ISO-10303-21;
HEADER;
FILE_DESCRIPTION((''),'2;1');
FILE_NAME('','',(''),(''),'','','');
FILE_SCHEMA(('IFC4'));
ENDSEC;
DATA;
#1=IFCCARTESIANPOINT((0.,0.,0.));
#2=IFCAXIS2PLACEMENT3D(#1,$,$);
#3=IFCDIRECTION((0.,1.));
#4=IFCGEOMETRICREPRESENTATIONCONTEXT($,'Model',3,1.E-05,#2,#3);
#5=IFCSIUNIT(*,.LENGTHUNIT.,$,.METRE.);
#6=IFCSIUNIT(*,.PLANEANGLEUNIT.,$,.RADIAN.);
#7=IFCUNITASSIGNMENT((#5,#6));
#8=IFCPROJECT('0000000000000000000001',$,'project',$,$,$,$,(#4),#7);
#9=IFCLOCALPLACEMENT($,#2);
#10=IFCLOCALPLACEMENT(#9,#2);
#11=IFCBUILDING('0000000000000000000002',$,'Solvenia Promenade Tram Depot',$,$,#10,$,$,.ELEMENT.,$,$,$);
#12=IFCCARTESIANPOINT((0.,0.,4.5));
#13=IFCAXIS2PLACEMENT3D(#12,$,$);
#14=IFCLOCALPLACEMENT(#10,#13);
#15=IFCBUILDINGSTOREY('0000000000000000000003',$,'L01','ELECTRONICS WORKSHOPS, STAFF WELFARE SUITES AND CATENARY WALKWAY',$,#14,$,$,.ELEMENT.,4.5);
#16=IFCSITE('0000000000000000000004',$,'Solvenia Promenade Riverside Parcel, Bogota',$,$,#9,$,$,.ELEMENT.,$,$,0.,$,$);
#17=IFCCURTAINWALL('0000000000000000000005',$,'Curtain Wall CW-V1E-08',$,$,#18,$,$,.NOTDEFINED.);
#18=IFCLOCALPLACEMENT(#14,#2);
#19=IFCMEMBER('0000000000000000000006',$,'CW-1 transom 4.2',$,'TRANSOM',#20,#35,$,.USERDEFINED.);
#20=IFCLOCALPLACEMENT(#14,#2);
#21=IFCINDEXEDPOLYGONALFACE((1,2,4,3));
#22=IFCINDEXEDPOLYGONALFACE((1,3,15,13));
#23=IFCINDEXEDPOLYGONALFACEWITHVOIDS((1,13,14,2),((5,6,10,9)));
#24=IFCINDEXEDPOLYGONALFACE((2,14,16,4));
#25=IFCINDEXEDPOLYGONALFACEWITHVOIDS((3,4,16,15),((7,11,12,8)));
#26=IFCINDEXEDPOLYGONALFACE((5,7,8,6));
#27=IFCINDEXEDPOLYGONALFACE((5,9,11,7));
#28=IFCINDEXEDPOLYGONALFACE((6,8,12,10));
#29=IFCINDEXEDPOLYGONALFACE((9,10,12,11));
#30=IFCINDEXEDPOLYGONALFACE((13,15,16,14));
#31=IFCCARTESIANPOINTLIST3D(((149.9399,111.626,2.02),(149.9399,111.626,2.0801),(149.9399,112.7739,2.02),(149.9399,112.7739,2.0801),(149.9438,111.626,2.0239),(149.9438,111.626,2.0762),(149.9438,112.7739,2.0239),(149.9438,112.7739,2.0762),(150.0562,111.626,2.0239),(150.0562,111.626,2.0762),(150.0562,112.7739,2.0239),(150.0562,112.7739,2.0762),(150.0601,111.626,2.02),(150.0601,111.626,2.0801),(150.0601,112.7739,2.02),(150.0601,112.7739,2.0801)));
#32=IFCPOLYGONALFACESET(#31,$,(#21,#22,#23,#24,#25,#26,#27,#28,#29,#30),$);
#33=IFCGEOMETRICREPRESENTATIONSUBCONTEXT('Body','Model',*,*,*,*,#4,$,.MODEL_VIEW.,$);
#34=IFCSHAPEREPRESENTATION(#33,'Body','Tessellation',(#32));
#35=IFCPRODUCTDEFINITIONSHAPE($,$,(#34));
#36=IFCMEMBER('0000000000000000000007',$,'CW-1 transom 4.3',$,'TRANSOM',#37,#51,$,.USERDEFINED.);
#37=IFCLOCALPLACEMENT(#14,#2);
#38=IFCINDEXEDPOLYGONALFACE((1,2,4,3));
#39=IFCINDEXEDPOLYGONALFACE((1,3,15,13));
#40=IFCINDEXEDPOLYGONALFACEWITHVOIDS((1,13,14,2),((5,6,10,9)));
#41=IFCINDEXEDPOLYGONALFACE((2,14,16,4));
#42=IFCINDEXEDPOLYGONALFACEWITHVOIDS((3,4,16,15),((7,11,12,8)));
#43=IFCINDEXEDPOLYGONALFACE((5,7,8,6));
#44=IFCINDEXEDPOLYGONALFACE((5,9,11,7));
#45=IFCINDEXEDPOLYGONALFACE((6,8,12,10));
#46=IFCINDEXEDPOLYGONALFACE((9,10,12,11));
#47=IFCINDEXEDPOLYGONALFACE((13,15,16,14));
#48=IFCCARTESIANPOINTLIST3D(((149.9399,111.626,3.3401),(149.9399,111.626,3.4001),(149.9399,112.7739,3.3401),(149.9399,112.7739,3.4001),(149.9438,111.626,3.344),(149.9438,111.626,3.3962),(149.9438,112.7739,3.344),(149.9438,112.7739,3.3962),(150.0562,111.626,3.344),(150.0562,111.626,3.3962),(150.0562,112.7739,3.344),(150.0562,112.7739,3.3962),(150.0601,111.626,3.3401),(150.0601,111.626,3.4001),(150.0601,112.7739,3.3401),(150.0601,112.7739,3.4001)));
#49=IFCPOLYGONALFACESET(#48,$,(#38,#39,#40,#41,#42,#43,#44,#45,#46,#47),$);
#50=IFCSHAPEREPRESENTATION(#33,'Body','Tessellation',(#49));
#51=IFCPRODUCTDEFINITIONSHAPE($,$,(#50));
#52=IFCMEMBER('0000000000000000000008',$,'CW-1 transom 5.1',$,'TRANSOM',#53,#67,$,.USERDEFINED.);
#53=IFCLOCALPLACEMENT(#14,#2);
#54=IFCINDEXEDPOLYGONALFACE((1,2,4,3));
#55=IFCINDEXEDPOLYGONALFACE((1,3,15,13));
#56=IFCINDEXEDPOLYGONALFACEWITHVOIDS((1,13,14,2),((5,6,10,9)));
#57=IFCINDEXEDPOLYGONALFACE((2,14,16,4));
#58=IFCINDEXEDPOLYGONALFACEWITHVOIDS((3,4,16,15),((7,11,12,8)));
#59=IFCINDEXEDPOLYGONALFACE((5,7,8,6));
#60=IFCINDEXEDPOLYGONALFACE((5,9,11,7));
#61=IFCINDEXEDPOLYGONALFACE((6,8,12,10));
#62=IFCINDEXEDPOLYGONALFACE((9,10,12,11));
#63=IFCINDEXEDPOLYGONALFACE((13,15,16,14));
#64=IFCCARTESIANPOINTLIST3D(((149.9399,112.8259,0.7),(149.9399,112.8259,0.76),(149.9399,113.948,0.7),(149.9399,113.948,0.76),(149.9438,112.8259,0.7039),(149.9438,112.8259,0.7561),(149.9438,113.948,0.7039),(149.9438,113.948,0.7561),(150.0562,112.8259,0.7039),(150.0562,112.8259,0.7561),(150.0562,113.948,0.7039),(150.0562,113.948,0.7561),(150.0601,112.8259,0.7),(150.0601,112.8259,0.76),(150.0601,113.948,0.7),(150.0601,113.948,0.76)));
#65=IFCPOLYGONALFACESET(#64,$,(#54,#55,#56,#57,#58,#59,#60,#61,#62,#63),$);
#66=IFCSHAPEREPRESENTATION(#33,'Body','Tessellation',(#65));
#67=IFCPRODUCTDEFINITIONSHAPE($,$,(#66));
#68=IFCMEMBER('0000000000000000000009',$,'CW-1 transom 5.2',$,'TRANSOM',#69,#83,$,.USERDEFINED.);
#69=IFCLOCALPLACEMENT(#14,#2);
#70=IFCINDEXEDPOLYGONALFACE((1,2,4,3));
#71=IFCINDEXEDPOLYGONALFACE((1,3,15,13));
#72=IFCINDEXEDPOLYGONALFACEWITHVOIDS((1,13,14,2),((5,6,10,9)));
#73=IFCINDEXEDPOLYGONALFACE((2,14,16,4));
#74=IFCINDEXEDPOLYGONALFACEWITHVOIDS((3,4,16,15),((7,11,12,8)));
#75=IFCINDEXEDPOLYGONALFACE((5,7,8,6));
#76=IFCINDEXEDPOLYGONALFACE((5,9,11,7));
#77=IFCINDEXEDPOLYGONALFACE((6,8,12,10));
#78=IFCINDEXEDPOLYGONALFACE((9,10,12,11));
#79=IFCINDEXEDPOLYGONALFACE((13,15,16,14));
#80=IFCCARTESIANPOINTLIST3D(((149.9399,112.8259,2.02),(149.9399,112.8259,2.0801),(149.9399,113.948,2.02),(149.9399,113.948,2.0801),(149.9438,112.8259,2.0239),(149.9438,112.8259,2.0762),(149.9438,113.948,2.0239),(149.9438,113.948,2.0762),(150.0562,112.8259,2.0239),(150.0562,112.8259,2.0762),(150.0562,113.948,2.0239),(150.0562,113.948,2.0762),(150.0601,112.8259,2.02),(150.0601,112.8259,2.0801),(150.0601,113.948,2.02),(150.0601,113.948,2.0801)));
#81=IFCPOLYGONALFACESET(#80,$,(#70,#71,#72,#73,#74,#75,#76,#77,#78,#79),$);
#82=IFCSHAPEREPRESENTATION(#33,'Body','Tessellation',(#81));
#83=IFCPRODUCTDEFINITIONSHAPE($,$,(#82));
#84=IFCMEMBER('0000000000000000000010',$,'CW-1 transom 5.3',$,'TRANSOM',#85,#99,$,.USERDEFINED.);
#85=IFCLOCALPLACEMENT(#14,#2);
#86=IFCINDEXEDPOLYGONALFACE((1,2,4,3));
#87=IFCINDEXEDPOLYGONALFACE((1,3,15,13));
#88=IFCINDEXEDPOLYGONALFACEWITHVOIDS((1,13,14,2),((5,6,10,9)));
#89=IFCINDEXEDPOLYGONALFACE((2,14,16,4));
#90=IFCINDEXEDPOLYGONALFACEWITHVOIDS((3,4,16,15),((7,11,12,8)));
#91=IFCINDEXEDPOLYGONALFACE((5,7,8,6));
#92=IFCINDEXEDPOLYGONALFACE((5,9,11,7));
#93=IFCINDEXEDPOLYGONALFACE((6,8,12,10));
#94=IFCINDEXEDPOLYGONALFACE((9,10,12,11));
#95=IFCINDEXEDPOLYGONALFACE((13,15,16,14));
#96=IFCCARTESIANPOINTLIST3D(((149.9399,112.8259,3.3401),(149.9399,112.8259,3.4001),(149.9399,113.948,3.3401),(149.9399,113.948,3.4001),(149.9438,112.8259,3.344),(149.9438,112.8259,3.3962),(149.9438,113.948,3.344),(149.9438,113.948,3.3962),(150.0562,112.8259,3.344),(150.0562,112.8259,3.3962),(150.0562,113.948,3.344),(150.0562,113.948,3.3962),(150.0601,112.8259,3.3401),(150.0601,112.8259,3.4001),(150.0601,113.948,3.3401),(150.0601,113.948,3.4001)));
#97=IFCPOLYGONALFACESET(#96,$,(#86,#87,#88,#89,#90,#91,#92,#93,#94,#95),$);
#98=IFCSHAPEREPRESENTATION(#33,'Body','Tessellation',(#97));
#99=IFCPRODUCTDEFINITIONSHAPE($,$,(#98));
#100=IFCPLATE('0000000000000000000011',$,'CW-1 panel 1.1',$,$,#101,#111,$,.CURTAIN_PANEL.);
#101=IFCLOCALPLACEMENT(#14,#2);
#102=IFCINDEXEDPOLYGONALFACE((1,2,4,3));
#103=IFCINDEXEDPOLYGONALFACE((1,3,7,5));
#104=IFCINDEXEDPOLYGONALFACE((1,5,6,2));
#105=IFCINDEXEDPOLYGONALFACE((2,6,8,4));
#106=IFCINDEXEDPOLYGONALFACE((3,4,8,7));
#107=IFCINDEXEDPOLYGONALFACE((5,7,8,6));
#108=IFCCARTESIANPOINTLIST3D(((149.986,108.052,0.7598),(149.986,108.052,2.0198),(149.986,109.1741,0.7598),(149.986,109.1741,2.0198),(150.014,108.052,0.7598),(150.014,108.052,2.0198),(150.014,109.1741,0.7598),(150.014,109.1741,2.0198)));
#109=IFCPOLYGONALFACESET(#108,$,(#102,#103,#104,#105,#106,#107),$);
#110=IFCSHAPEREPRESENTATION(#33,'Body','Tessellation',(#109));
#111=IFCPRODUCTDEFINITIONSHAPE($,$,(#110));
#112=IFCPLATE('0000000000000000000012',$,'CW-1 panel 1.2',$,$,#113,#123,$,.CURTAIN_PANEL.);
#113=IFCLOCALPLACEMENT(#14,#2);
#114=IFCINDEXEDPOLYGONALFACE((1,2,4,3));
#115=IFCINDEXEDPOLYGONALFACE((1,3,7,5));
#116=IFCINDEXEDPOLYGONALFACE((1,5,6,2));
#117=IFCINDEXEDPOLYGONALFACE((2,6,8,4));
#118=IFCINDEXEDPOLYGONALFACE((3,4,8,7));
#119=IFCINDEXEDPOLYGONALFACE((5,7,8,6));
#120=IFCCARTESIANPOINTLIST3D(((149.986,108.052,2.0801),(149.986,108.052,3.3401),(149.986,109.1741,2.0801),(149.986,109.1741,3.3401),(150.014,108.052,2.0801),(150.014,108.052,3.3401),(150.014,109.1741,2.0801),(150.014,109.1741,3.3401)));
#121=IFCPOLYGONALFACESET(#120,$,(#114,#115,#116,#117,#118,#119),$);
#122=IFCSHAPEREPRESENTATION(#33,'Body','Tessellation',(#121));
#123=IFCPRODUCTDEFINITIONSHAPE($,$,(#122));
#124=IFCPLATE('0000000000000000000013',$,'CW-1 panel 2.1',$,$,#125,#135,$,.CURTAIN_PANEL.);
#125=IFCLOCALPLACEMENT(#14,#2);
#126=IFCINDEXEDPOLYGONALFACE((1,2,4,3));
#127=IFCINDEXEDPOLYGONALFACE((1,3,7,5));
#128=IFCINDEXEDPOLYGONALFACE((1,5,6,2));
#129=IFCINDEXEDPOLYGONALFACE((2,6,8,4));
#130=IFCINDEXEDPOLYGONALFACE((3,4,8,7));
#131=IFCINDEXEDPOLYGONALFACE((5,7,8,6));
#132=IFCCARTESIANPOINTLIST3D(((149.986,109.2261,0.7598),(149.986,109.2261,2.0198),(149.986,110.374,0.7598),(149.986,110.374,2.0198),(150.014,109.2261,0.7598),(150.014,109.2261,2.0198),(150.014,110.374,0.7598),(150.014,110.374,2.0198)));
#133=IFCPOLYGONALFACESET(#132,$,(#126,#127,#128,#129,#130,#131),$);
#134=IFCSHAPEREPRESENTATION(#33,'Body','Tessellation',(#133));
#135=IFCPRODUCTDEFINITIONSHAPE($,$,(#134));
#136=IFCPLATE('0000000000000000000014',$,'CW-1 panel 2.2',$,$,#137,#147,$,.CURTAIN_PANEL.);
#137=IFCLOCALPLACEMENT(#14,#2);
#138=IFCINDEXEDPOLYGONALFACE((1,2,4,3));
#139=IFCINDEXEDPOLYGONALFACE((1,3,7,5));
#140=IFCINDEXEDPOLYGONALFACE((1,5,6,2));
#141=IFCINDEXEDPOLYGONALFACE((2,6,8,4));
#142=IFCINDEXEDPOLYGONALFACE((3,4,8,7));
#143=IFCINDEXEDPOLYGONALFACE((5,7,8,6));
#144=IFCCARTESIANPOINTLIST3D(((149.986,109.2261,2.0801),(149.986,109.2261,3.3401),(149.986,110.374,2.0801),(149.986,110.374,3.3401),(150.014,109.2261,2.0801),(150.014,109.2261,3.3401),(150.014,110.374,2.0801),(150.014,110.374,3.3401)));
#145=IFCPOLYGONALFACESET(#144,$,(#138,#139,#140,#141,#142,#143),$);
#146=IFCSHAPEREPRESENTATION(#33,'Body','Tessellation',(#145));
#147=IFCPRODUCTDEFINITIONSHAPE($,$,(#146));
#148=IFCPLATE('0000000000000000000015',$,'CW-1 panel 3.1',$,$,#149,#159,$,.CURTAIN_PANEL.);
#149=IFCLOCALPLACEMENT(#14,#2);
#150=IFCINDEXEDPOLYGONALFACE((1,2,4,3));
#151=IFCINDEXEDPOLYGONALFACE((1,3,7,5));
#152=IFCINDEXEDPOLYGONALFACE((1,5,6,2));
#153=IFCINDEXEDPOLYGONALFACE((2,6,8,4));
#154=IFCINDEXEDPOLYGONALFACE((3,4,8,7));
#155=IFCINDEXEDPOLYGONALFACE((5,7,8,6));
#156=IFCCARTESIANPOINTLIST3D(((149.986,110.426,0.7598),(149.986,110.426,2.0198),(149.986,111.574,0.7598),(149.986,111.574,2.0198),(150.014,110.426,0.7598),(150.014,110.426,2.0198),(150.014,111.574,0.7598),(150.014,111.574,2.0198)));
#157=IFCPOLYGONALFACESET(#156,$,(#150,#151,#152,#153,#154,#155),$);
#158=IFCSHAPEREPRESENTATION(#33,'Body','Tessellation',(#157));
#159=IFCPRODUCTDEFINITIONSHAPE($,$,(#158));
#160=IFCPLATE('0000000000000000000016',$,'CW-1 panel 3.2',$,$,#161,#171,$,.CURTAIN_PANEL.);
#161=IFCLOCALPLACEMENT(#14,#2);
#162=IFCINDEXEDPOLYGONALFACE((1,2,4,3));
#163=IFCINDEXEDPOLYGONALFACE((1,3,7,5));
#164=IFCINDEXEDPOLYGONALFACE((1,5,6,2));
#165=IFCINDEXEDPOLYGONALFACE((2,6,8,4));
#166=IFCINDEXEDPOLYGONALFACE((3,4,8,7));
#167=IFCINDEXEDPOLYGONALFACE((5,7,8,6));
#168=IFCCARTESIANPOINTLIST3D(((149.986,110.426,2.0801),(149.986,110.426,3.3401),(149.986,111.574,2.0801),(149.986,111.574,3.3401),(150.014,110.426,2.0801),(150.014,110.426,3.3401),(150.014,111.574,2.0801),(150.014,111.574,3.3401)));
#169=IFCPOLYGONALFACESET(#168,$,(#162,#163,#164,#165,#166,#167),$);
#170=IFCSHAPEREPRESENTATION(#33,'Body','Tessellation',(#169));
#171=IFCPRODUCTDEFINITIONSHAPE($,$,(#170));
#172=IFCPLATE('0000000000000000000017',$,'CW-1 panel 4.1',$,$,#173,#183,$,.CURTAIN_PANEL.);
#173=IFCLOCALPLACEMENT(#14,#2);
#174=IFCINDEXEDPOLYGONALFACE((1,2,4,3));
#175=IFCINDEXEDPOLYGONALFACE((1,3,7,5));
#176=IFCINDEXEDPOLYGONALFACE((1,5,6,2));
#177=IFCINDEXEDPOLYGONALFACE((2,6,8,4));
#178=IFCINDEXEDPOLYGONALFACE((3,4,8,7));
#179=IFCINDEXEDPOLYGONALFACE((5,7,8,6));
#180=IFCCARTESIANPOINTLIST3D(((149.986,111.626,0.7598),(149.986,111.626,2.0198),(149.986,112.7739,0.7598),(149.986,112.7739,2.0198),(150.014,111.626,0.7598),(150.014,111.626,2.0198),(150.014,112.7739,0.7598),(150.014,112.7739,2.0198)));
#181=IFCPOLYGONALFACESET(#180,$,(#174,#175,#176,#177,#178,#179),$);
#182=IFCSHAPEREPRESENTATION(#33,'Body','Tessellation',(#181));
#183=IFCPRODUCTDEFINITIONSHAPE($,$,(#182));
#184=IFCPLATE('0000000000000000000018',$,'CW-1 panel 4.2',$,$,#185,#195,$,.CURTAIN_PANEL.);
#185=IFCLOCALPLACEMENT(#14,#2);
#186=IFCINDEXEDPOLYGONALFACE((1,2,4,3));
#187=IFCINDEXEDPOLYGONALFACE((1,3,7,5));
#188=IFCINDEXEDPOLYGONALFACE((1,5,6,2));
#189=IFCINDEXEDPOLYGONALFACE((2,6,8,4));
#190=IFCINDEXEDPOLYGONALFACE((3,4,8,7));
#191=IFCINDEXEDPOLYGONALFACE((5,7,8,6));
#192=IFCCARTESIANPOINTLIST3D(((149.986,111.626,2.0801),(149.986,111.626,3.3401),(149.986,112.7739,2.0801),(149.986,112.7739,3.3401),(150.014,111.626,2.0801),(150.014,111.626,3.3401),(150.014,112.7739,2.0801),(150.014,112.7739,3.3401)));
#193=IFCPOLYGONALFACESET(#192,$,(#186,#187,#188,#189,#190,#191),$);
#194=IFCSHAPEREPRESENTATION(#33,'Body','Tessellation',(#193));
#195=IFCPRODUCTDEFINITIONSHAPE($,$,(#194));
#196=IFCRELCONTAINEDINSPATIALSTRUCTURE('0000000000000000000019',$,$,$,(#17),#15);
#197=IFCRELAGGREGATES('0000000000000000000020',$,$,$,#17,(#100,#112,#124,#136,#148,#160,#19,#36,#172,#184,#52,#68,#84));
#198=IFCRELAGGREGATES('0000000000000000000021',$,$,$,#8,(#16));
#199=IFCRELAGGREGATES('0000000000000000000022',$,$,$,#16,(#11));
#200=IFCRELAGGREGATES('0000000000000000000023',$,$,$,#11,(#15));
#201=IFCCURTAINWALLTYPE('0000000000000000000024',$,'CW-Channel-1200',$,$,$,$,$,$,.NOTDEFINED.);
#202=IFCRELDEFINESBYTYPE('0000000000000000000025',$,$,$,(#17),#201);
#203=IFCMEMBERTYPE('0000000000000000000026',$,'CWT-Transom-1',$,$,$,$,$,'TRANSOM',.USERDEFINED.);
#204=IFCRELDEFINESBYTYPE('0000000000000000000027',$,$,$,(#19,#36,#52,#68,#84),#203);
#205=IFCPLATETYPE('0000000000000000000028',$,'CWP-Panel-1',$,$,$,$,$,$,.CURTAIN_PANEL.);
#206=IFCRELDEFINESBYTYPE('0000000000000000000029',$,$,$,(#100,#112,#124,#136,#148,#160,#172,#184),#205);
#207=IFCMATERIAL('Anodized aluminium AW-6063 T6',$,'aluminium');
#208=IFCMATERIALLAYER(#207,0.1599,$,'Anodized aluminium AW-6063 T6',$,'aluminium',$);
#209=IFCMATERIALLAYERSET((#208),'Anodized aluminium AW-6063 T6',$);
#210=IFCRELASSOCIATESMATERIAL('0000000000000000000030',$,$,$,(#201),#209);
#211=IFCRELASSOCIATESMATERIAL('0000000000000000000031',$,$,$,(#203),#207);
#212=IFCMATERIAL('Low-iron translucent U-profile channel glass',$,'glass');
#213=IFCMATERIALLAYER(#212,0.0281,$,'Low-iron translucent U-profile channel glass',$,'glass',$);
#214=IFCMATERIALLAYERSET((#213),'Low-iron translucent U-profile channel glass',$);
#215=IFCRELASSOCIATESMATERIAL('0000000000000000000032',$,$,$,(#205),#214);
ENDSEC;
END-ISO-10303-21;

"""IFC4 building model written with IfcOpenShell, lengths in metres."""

from ifc_helpers import new_model, si_unit, direction, frame, origin, origin_2d, place, context, subcontext, project, spatial, rectangle, hollow_rectangle, extrude, material, layer, layer_set, material_profile, profile_set, type_object, element, aggregate, save


model = new_model("IFC4")

# Units and contexts
model_context = context("Model", 3, precision=1e-05, world=origin(), true_north=direction((0.0, 1.0)))
body_context = subcontext(model_context, "Body", "Model", "MODEL_VIEW")
ifc_project = project(units=[si_unit("LENGTHUNIT", "METRE"), si_unit("PLANEANGLEUNIT", "RADIAN")], contexts=[model_context])

# Site, building, storey
site_placement = place(None, origin())
site = spatial("IfcSite", under=ifc_project, at=site_placement, Name="Solvenia Promenade Riverside Parcel, Bogota", CompositionType="ELEMENT", RefElevation=0.0)
building_placement = place(site_placement, origin())
building = spatial("IfcBuilding", under=site, at=building_placement, Name="Solvenia Promenade Tram Depot", CompositionType="ELEMENT")
storey_placement = place(building_placement, frame((0.0, 0.0, 4.5)))
storey = spatial("IfcBuildingStorey", under=building, at=storey_placement, Name="L01", Description="ELECTRONICS WORKSHOPS, STAFF WELFARE SUITES AND CATENARY WALKWAY", CompositionType="ELEMENT", Elevation=4.5)

# Curtain wall, members, plates
ifc_material_1 = material(Name="Anodized aluminium AW-6063 T6", Category="aluminium")
ifc_layer_1 = layer(ifc_material_1, 0.1599, Name="Anodized aluminium AW-6063 T6", Category="aluminium")
ifc_layer_set_1 = layer_set([ifc_layer_1], Name="Anodized aluminium AW-6063 T6")
curtain_wall_type = type_object("IfcCurtainWallType", Name="CW-Channel-1200", PredefinedType="NOTDEFINED", material=ifc_layer_set_1)
curtain_wall_placement = place(storey_placement, origin())
curtain_wall = element("IfcCurtainWall", 1, at=curtain_wall_placement, inside=storey, type_object=curtain_wall_type, Name="Curtain Wall CW-V1E-08", PredefinedType="NOTDEFINED")
ifc_material_profile_1 = material_profile(ifc_material_1, hollow_rectangle(XDim=0.1201, YDim=0.0601, WallThickness=0.0039, at=origin_2d()), Name="ALU-T1", Category="aluminium")
ifc_profile_set_1 = profile_set([ifc_material_profile_1], Name="Anodized aluminium AW-6063 T6")
member_type_1 = type_object("IfcMemberType", Name="CWT-Transom-1", ElementType="TRANSOM", PredefinedType="USERDEFINED", material=ifc_profile_set_1)
member_1_placement = place(storey_placement, frame((150.0, 111.626, 2.05), z_axis=(0.0, 1.0, 0.0), x_axis=(-1.0, 0.0, 0.0)))
member_1 = element("IfcMember", 2, at=member_1_placement, type_object=member_type_1, Name="CW-1 transom 4.2", ObjectType="TRANSOM", PredefinedType="USERDEFINED", context=body_context, shape_type="SweptSolid", body=[
    extrude(hollow_rectangle(XDim=0.1201, YDim=0.0601, WallThickness=0.0039, at=origin_2d()), origin(), (0.0, 0.0, 1.0), 1.1479),
])
member_2_placement = place(storey_placement, frame((150.0, 111.626, 3.3701), z_axis=(0.0, 1.0, 0.0), x_axis=(-1.0, 0.0, 0.0)))
member_2 = element("IfcMember", 3, at=member_2_placement, type_object=member_type_1, Name="CW-1 transom 4.3", ObjectType="TRANSOM", PredefinedType="USERDEFINED", context=body_context, shape_type="SweptSolid", body=[
    extrude(hollow_rectangle(XDim=0.1201, YDim=0.0601, WallThickness=0.0039, at=origin_2d()), origin(), (0.0, 0.0, 1.0), 1.1479),
])
member_3_placement = place(storey_placement, frame((150.0, 112.8259, 0.73), z_axis=(0.0, 1.0, 0.0), x_axis=(-1.0, 0.0, 0.0)))
member_3 = element("IfcMember", 4, at=member_3_placement, type_object=member_type_1, Name="CW-1 transom 5.1", ObjectType="TRANSOM", PredefinedType="USERDEFINED", context=body_context, shape_type="SweptSolid", body=[
    extrude(hollow_rectangle(XDim=0.1201, YDim=0.0601, WallThickness=0.0039, at=origin_2d()), origin(), (0.0, 0.0, 1.0), 1.1221),
])
member_4_placement = place(storey_placement, frame((150.0, 112.8259, 2.05), z_axis=(0.0, 1.0, 0.0), x_axis=(-1.0, 0.0, 0.0)))
member_4 = element("IfcMember", 5, at=member_4_placement, type_object=member_type_1, Name="CW-1 transom 5.2", ObjectType="TRANSOM", PredefinedType="USERDEFINED", context=body_context, shape_type="SweptSolid", body=[
    extrude(hollow_rectangle(XDim=0.1201, YDim=0.0601, WallThickness=0.0039, at=origin_2d()), origin(), (0.0, 0.0, 1.0), 1.1221),
])
member_5_placement = place(storey_placement, frame((150.0, 112.8259, 3.3701), z_axis=(0.0, 1.0, 0.0), x_axis=(-1.0, 0.0, 0.0)))
member_5 = element("IfcMember", 6, at=member_5_placement, type_object=member_type_1, Name="CW-1 transom 5.3", ObjectType="TRANSOM", PredefinedType="USERDEFINED", context=body_context, shape_type="SweptSolid", body=[
    extrude(hollow_rectangle(XDim=0.1201, YDim=0.0601, WallThickness=0.0039, at=origin_2d()), origin(), (0.0, 0.0, 1.0), 1.1221),
])
ifc_material_2 = material(Name="Low-iron translucent U-profile channel glass", Category="glass")
ifc_layer_2 = layer(ifc_material_2, 0.0281, Name="Low-iron translucent U-profile channel glass", Category="glass")
ifc_layer_set_2 = layer_set([ifc_layer_2], Name="Low-iron translucent U-profile channel glass")
plate_type = type_object("IfcPlateType", Name="CWP-Panel-1", PredefinedType="CURTAIN_PANEL", material=ifc_layer_set_2)
plate_1_placement = place(storey_placement, frame((150.0, 108.613, 0.7598), z_axis=(0.0, 0.0, 1.0), x_axis=(0.0, 1.0, 0.0)))
plate_1 = element("IfcPlate", 7, at=plate_1_placement, type_object=plate_type, Name="CW-1 panel 1.1", PredefinedType="CURTAIN_PANEL", context=body_context, shape_type="SweptSolid", body=[
    extrude(rectangle(XDim=1.1221, YDim=0.0281, at=origin_2d()), origin(), (0.0, 0.0, 1.0), 1.26),
])
plate_2_placement = place(storey_placement, frame((150.0, 108.613, 2.0801), z_axis=(0.0, 0.0, 1.0), x_axis=(0.0, 1.0, 0.0)))
plate_2 = element("IfcPlate", 8, at=plate_2_placement, type_object=plate_type, Name="CW-1 panel 1.2", PredefinedType="CURTAIN_PANEL", context=body_context, shape_type="SweptSolid", body=[
    extrude(rectangle(XDim=1.1221, YDim=0.0281, at=origin_2d()), origin(), (0.0, 0.0, 1.0), 1.26),
])
plate_3_placement = place(storey_placement, frame((150.0, 109.8, 0.7598), z_axis=(0.0, 0.0, 1.0), x_axis=(0.0, 1.0, 0.0)))
plate_3 = element("IfcPlate", 9, at=plate_3_placement, type_object=plate_type, Name="CW-1 panel 2.1", PredefinedType="CURTAIN_PANEL", context=body_context, shape_type="SweptSolid", body=[
    extrude(rectangle(XDim=1.1479, YDim=0.0281, at=origin_2d()), origin(), (0.0, 0.0, 1.0), 1.26),
])
plate_4_placement = place(storey_placement, frame((150.0, 109.8, 2.0801), z_axis=(0.0, 0.0, 1.0), x_axis=(0.0, 1.0, 0.0)))
plate_4 = element("IfcPlate", 10, at=plate_4_placement, type_object=plate_type, Name="CW-1 panel 2.2", PredefinedType="CURTAIN_PANEL", context=body_context, shape_type="SweptSolid", body=[
    extrude(rectangle(XDim=1.1479, YDim=0.0281, at=origin_2d()), origin(), (0.0, 0.0, 1.0), 1.26),
])
plate_5_placement = place(storey_placement, frame((150.0, 111.0, 0.7598), z_axis=(0.0, 0.0, 1.0), x_axis=(0.0, 1.0, 0.0)))
plate_5 = element("IfcPlate", 11, at=plate_5_placement, type_object=plate_type, Name="CW-1 panel 3.1", PredefinedType="CURTAIN_PANEL", context=body_context, shape_type="SweptSolid", body=[
    extrude(rectangle(XDim=1.1479, YDim=0.0281, at=origin_2d()), origin(), (0.0, 0.0, 1.0), 1.26),
])
plate_6_placement = place(storey_placement, frame((150.0, 111.0, 2.0801), z_axis=(0.0, 0.0, 1.0), x_axis=(0.0, 1.0, 0.0)))
plate_6 = element("IfcPlate", 12, at=plate_6_placement, type_object=plate_type, Name="CW-1 panel 3.2", PredefinedType="CURTAIN_PANEL", context=body_context, shape_type="SweptSolid", body=[
    extrude(rectangle(XDim=1.1479, YDim=0.0281, at=origin_2d()), origin(), (0.0, 0.0, 1.0), 1.26),
])
plate_7_placement = place(storey_placement, frame((150.0, 112.2, 0.7598), z_axis=(0.0, 0.0, 1.0), x_axis=(0.0, 1.0, 0.0)))
plate_7 = element("IfcPlate", 13, at=plate_7_placement, type_object=plate_type, Name="CW-1 panel 4.1", PredefinedType="CURTAIN_PANEL", context=body_context, shape_type="SweptSolid", body=[
    extrude(rectangle(XDim=1.1479, YDim=0.0281, at=origin_2d()), origin(), (0.0, 0.0, 1.0), 1.26),
])
plate_8_placement = place(storey_placement, frame((150.0, 112.2, 2.0801), z_axis=(0.0, 0.0, 1.0), x_axis=(0.0, 1.0, 0.0)))
plate_8 = element("IfcPlate", 14, at=plate_8_placement, type_object=plate_type, Name="CW-1 panel 4.2", PredefinedType="CURTAIN_PANEL", context=body_context, shape_type="SweptSolid", body=[
    extrude(rectangle(XDim=1.1479, YDim=0.0281, at=origin_2d()), origin(), (0.0, 0.0, 1.0), 1.26),
])
aggregate(curtain_wall, [plate_1, plate_2, plate_3, plate_4, plate_5, plate_6, member_1, member_2, plate_7, plate_8, member_3, member_4, member_5])

save(model, "model.ifc")
